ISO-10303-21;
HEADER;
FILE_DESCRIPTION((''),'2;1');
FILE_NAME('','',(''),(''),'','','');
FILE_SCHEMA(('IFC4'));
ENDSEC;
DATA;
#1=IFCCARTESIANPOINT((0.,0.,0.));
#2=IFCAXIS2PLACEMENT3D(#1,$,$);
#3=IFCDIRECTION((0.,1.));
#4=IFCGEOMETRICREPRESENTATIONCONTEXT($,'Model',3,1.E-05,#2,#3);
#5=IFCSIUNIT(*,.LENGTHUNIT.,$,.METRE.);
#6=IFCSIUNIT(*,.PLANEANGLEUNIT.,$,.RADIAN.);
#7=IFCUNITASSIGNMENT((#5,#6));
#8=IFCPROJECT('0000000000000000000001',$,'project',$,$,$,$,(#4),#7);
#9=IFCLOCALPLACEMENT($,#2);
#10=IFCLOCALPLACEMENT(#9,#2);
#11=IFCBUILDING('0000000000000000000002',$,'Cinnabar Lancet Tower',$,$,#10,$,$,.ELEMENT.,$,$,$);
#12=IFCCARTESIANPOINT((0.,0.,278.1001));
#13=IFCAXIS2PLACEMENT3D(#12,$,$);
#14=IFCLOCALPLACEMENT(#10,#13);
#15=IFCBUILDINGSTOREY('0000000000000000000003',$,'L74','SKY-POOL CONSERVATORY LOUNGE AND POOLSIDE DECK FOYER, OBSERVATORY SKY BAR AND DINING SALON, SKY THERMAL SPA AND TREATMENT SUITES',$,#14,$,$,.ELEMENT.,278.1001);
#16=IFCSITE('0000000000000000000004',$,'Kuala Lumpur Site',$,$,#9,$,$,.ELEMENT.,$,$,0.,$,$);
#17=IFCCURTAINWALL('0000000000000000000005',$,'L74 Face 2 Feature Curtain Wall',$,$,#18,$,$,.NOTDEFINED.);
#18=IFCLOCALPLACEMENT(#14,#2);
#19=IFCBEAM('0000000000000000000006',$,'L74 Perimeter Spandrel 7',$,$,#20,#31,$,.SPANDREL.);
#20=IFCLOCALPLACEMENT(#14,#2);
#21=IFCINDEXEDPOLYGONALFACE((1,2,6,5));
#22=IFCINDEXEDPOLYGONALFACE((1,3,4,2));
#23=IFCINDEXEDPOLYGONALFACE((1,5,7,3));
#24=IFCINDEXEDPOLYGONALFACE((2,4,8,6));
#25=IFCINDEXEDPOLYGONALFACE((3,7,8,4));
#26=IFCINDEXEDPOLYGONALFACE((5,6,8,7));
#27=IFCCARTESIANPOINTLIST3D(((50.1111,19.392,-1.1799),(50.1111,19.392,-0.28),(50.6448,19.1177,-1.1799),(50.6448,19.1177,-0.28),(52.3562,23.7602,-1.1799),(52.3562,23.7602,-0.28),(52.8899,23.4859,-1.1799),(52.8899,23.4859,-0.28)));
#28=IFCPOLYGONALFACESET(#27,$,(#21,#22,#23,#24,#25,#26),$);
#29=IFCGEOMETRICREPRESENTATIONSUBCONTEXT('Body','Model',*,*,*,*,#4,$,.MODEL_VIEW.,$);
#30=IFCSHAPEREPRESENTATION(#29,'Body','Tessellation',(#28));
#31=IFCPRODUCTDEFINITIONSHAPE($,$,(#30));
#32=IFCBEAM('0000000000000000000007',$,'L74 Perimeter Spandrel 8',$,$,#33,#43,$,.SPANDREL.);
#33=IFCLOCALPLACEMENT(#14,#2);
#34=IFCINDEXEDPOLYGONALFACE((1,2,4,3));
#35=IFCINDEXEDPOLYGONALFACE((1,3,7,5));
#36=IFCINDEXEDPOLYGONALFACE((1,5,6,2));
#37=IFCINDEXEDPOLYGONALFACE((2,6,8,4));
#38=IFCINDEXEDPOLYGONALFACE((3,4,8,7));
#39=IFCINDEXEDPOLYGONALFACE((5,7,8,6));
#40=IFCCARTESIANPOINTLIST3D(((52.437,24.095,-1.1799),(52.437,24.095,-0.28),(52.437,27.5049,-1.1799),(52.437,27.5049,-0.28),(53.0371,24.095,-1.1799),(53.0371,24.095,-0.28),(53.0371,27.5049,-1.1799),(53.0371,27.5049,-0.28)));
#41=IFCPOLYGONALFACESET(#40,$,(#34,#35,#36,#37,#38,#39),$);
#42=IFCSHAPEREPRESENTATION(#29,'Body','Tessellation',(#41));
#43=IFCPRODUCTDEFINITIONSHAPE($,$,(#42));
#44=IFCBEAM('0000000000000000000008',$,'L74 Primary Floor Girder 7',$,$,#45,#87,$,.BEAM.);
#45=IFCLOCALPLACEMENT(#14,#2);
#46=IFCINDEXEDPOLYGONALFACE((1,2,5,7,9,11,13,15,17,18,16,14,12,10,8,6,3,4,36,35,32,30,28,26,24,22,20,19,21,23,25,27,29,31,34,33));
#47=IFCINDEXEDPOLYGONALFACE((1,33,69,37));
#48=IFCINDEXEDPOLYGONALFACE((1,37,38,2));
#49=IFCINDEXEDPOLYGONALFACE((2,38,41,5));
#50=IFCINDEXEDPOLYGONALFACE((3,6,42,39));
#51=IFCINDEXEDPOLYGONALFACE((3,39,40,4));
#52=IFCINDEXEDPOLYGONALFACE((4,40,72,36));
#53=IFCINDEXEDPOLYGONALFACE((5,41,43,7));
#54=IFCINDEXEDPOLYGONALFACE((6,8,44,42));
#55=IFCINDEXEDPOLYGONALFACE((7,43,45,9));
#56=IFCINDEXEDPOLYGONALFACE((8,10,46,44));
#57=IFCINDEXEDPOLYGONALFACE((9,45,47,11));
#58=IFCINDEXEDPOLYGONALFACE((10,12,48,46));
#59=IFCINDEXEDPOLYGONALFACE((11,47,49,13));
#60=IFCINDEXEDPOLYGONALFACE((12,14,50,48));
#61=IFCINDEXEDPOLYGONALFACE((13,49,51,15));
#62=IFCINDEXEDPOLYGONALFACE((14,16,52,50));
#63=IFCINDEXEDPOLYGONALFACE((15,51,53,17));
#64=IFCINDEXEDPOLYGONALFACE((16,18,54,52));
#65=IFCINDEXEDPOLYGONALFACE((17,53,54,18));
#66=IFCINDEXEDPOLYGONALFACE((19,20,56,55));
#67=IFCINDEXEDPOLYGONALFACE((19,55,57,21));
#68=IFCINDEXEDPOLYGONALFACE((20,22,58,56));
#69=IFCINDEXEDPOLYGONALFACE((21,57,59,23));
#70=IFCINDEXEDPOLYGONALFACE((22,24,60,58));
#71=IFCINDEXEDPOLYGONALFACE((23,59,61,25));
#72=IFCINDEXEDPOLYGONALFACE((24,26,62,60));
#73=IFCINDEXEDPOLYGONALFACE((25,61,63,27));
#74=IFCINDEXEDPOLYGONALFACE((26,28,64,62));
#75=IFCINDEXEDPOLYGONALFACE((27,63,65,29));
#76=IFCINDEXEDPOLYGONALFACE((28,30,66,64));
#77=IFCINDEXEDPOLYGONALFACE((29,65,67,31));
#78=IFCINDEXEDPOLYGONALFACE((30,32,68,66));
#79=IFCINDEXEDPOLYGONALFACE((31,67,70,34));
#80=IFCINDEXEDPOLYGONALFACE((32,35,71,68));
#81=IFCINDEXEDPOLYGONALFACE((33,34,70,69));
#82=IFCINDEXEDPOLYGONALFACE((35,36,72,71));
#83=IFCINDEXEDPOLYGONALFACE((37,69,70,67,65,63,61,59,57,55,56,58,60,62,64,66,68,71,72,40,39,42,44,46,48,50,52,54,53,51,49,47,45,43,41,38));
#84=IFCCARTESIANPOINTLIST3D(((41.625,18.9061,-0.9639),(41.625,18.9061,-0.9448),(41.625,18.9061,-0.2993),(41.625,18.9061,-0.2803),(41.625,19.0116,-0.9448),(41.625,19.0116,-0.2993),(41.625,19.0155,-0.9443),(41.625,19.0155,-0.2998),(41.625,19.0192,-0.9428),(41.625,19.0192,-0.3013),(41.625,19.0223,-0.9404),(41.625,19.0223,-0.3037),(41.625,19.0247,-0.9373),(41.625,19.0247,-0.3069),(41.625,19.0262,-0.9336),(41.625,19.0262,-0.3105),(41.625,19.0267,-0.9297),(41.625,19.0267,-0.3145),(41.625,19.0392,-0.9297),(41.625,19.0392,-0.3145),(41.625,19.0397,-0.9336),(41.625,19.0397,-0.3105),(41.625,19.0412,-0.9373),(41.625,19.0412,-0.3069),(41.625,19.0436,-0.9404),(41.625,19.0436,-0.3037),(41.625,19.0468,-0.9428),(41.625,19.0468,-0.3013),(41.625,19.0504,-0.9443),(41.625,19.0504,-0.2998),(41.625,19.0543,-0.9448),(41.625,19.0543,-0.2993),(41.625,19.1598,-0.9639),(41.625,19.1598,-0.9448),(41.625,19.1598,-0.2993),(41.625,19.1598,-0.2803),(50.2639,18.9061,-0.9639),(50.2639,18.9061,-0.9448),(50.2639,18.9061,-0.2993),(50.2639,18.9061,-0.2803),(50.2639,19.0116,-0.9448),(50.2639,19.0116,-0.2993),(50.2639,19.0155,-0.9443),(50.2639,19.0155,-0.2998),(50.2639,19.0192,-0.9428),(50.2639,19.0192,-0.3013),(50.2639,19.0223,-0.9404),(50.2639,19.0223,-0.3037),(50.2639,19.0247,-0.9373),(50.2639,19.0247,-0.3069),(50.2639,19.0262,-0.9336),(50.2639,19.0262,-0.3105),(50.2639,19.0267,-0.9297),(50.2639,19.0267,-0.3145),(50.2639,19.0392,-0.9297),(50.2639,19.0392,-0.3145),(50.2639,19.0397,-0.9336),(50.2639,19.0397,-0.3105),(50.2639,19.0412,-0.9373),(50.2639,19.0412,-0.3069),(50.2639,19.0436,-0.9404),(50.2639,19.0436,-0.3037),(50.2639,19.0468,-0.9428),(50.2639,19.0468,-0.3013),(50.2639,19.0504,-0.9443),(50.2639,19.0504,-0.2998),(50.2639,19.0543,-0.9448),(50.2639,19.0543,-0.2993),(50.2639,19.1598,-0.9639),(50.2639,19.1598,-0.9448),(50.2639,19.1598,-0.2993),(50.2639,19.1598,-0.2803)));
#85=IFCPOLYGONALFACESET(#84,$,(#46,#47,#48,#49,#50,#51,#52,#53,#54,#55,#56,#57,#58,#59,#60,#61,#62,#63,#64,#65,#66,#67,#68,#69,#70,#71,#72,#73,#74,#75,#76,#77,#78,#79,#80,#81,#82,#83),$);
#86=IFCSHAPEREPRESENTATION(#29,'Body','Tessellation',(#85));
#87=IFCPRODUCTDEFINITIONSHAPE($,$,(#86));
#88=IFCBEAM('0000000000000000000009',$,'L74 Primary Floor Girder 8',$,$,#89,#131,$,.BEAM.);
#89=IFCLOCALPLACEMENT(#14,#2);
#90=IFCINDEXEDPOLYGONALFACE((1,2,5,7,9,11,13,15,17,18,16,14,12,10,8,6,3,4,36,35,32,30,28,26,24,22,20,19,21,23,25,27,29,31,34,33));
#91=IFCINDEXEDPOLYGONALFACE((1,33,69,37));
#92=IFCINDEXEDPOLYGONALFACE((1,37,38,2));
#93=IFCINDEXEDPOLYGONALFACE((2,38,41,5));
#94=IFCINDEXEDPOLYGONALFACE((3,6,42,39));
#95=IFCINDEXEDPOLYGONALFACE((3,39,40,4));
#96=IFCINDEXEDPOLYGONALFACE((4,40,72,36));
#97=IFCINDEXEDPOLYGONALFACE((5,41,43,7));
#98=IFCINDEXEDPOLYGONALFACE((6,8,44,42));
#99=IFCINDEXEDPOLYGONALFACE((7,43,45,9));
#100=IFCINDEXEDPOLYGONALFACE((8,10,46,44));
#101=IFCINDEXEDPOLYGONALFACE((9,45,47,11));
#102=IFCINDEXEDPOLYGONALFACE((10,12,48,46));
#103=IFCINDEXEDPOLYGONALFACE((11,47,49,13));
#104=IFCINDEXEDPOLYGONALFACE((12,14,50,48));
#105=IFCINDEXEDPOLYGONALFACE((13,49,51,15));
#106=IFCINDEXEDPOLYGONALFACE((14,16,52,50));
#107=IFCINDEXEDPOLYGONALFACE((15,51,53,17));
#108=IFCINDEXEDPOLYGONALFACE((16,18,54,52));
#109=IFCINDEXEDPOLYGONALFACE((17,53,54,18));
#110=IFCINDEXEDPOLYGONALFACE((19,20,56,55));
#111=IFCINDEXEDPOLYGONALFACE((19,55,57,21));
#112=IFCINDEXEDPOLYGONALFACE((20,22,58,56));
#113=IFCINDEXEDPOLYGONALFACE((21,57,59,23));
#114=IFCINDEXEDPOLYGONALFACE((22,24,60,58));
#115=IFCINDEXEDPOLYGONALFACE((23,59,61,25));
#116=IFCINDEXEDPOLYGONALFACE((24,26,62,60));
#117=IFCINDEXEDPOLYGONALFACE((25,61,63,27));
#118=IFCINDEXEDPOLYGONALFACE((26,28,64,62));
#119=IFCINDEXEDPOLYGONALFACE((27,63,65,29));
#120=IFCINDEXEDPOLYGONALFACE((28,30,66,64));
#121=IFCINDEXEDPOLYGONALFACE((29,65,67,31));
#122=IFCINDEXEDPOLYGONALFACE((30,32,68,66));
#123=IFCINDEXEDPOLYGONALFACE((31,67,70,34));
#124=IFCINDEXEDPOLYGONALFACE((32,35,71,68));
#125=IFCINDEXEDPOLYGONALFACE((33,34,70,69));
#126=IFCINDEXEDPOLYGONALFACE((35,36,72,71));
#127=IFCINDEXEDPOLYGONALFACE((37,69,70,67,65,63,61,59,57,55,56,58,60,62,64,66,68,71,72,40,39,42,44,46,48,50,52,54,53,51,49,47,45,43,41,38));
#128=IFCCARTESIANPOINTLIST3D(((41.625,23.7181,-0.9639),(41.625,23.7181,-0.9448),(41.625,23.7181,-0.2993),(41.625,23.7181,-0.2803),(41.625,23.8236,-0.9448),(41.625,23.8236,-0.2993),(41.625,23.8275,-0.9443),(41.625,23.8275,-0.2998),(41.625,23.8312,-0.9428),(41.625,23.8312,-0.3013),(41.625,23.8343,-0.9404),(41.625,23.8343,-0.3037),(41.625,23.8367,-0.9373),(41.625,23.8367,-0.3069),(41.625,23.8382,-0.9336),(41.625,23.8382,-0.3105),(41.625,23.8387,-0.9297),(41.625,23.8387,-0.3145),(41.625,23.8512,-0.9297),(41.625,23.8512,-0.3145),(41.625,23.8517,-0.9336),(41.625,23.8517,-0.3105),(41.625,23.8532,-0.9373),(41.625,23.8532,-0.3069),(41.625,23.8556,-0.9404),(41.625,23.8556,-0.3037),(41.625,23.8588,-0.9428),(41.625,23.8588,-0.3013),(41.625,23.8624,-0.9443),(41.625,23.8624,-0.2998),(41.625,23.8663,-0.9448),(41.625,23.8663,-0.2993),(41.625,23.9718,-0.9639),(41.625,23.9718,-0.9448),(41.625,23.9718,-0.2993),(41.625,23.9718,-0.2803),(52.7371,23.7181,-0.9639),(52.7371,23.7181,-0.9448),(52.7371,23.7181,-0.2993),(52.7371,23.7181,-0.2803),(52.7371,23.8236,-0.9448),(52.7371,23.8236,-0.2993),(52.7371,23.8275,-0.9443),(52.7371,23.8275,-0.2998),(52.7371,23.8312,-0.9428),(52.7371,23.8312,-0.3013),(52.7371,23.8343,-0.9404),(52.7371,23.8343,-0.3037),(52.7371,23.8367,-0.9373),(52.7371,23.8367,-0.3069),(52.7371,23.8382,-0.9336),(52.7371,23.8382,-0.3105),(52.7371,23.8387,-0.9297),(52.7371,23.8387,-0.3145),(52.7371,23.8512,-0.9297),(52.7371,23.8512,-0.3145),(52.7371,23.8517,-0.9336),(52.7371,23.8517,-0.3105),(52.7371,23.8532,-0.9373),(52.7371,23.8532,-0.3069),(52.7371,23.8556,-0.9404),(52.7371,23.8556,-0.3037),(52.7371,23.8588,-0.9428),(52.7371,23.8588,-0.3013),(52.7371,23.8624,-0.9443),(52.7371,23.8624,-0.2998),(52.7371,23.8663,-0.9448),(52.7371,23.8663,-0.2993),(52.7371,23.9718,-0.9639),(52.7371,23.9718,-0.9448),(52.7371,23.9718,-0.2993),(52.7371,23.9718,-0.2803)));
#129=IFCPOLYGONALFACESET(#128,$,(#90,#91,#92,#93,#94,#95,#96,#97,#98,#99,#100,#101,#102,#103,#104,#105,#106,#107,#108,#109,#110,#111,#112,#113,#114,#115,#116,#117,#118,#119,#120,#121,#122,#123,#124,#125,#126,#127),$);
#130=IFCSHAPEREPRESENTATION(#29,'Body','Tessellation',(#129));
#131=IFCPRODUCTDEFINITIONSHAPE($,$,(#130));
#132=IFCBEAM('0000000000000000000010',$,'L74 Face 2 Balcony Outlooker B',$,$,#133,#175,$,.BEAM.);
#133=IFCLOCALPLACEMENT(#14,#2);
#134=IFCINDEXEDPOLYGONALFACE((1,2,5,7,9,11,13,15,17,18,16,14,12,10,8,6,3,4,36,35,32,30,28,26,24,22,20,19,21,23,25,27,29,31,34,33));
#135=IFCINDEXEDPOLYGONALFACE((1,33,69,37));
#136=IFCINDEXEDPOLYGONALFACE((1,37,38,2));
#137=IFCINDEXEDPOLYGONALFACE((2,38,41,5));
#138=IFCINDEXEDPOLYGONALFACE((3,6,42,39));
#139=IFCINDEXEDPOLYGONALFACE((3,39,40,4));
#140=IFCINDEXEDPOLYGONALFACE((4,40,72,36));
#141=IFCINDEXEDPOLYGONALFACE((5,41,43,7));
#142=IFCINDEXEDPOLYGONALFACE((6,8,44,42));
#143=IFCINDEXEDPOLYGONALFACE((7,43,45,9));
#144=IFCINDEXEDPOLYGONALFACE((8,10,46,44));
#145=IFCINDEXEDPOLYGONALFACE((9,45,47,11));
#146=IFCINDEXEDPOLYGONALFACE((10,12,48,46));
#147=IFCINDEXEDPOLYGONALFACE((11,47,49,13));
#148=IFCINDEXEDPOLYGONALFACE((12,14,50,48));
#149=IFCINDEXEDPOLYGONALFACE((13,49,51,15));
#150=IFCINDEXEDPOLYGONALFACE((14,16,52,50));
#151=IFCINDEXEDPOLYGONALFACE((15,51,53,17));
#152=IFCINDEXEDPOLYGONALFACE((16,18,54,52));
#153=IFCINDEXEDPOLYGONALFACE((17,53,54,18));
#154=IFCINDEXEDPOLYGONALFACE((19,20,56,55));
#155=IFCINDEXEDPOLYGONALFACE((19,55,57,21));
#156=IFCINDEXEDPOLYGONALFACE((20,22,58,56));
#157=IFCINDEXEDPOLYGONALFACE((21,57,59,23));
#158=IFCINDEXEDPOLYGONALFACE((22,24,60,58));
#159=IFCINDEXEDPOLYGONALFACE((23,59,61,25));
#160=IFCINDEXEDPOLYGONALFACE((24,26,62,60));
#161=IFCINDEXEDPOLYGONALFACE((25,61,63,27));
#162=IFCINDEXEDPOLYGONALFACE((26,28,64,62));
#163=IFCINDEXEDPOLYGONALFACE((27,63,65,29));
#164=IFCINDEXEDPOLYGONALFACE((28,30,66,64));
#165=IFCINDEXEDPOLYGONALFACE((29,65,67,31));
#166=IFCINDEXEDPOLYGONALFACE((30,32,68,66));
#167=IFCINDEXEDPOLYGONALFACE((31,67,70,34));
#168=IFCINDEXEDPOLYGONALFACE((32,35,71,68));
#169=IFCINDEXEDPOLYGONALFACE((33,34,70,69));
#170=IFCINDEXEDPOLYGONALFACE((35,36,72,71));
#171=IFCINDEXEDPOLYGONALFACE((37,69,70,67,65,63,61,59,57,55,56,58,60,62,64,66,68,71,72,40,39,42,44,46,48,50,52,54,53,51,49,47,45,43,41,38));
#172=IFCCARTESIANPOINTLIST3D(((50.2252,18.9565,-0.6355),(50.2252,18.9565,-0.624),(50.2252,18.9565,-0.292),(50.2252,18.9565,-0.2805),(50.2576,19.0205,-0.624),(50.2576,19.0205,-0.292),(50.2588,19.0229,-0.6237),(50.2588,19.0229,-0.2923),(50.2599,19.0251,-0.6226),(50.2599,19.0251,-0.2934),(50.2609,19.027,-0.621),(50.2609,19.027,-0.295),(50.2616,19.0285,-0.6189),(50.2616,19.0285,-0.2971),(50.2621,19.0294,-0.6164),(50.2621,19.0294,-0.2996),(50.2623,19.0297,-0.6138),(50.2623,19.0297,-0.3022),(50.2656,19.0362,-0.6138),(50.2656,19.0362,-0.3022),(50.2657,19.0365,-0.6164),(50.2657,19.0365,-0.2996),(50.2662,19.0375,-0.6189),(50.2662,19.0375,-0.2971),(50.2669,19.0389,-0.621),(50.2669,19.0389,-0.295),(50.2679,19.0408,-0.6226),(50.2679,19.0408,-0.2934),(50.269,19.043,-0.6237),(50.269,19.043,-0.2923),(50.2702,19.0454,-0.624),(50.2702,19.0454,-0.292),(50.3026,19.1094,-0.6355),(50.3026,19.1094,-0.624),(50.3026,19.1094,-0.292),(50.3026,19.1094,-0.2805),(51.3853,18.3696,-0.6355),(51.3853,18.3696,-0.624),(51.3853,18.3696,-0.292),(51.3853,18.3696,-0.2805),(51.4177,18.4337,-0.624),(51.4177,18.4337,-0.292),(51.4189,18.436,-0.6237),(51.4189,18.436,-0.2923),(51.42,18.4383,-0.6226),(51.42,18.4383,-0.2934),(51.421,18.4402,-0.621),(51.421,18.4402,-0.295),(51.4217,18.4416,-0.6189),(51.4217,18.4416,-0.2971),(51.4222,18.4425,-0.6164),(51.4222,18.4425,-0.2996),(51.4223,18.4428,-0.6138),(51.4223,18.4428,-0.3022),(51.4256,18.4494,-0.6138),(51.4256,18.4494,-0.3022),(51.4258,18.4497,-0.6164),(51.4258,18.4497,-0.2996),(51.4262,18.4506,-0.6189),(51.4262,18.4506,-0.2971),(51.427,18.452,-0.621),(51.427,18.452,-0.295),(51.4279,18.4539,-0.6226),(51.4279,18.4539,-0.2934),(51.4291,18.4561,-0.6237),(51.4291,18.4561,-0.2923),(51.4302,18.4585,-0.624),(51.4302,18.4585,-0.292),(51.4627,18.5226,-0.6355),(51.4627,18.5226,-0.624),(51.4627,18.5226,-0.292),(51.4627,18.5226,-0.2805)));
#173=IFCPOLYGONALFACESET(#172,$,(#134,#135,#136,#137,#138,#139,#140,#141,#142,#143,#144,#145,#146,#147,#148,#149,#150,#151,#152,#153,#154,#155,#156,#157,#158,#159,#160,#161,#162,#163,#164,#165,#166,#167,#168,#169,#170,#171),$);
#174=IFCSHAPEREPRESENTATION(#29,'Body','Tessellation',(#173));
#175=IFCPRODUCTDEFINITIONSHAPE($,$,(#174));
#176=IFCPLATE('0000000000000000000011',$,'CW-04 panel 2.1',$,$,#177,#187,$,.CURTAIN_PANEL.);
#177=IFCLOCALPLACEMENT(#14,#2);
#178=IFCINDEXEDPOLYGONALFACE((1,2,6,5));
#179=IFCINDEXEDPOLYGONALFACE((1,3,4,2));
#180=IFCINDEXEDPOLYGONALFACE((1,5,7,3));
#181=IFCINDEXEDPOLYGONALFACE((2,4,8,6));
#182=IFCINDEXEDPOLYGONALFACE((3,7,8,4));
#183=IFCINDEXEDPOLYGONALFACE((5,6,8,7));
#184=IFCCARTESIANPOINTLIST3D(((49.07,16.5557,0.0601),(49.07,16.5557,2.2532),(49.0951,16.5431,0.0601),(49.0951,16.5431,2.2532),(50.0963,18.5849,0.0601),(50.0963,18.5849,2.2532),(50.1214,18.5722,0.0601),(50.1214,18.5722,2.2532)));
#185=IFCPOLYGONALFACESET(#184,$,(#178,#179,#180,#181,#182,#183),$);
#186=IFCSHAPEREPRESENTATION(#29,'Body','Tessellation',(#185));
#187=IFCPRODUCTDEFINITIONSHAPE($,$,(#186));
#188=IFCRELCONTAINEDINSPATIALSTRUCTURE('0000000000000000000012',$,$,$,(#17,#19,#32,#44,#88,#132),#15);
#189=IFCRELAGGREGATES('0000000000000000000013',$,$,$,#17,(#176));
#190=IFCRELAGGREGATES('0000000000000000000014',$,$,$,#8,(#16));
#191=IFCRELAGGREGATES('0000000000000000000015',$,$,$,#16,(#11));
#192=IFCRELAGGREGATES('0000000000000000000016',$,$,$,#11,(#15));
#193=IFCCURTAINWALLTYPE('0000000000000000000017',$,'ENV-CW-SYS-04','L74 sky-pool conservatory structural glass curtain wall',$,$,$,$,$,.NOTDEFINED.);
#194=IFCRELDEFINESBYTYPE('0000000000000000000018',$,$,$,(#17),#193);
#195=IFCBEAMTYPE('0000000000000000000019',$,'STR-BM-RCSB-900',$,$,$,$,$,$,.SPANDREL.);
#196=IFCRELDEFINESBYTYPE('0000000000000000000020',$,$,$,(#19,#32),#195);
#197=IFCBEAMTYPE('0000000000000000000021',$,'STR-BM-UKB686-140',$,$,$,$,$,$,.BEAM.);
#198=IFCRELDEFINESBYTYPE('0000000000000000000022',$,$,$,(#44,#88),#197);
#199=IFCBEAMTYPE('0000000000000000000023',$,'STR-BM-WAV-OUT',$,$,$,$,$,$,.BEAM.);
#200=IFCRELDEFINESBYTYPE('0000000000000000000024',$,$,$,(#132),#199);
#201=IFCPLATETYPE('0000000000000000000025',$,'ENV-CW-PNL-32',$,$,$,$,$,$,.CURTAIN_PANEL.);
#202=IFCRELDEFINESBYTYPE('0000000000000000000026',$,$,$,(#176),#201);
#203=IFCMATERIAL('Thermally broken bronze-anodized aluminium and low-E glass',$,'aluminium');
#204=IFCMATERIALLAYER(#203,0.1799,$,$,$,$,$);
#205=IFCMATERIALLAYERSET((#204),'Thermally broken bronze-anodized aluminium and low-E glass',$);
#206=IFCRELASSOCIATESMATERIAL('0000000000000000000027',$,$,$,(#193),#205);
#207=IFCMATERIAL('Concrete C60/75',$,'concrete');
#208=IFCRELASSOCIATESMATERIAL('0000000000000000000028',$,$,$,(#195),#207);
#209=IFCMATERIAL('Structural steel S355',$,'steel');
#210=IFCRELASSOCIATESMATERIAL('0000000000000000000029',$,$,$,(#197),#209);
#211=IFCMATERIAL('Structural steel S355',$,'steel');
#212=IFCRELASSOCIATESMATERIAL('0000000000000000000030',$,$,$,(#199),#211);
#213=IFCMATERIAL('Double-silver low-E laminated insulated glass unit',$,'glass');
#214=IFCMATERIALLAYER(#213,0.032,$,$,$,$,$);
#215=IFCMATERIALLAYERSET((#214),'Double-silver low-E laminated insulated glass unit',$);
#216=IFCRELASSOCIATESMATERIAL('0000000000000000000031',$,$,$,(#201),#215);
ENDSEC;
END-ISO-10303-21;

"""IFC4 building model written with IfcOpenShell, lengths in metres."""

from ifc_helpers import new_model, si_unit, direction, frame, origin, origin_2d, place, context, subcontext, project, spatial, rectangle, i_section, extrude, material, layer, layer_set, material_profile, profile_set, type_object, element, aggregate, save


model = new_model("IFC4")

# Units and contexts
model_context = context("Model", 3, precision=1e-05, world=origin(), true_north=direction((0.0, 1.0)))
body_context = subcontext(model_context, "Body", "Model", "MODEL_VIEW")
ifc_project = project(units=[si_unit("LENGTHUNIT", "METRE"), si_unit("PLANEANGLEUNIT", "RADIAN")], contexts=[model_context])

# Site, building, storey
site_placement = place(None, origin())
site = spatial("IfcSite", under=ifc_project, at=site_placement, Name="Kuala Lumpur Site", CompositionType="ELEMENT", RefElevation=0.0)
building_placement = place(site_placement, origin())
building = spatial("IfcBuilding", under=site, at=building_placement, Name="Cinnabar Lancet Tower", CompositionType="ELEMENT")
storey_placement = place(building_placement, frame((0.0, 0.0, 278.1001)))
storey = spatial("IfcBuildingStorey", under=building, at=storey_placement, Name="L74", Description="SKY-POOL CONSERVATORY LOUNGE AND POOLSIDE DECK FOYER, OBSERVATORY SKY BAR AND DINING SALON, SKY THERMAL SPA AND TREATMENT SUITES", CompositionType="ELEMENT", Elevation=278.1001)

# Curtain wall
ifc_material_1 = material(Name="Thermally broken bronze-anodized aluminium and low-E glass", Category="aluminium")
ifc_layer_1 = layer(ifc_material_1, 0.1799)
ifc_layer_set_1 = layer_set([ifc_layer_1], Name="Thermally broken bronze-anodized aluminium and low-E glass")
curtain_wall_type = type_object("IfcCurtainWallType", Name="ENV-CW-SYS-04", Description="L74 sky-pool conservatory structural glass curtain wall", PredefinedType="NOTDEFINED", material=ifc_layer_set_1)
curtain_wall_placement = place(storey_placement, origin())
curtain_wall = element("IfcCurtainWall", 1, at=curtain_wall_placement, inside=storey, type_object=curtain_wall_type, Name="L74 Face 2 Feature Curtain Wall", PredefinedType="NOTDEFINED")

# Beams
ifc_material_2 = material(Name="Concrete C60/75", Category="concrete")
ifc_material_profile_1 = material_profile(ifc_material_2, rectangle(XDim=0.6001, YDim=0.8999, at=origin_2d()), Name="RC-SB 600x900")
ifc_profile_set_1 = profile_set([ifc_material_profile_1], Name="Concrete C60/75")
beam_type_1 = type_object("IfcBeamType", Name="STR-BM-RCSB-900", PredefinedType="SPANDREL", material=ifc_profile_set_1)
beam_1_placement = place(storey_placement, frame((50.3779, 19.2549, -0.73), z_axis=(0.457128, 0.889401, 0.0), x_axis=(-0.889401, 0.457128, 0.0)))
element("IfcBeam", 2, at=beam_1_placement, inside=storey, type_object=beam_type_1, Name="L74 Perimeter Spandrel 7", PredefinedType="SPANDREL", context=body_context, shape_type="SweptSolid", body=[
    extrude(rectangle(XDim=0.6001, YDim=0.8999, at=origin_2d()), origin(), (0.0, 0.0, 1.0), 4.9114),
])
beam_2_placement = place(storey_placement, frame((52.7371, 24.095, -0.73), z_axis=(0.0, 1.0, 0.0), x_axis=(-1.0, 0.0, 0.0)))
element("IfcBeam", 3, at=beam_2_placement, inside=storey, type_object=beam_type_1, Name="L74 Perimeter Spandrel 8", PredefinedType="SPANDREL", context=body_context, shape_type="SweptSolid", body=[
    extrude(rectangle(XDim=0.6001, YDim=0.8999, at=origin_2d()), origin(), (0.0, 0.0, 1.0), 3.4099),
])
ifc_material_3 = material(Name="Structural steel S355", Category="steel")
ifc_material_profile_2 = material_profile(ifc_material_3, i_section(OverallWidth=0.2537, OverallDepth=0.6836, WebThickness=0.0125, FlangeThickness=0.019, FilletRadius=0.0151, at=origin_2d()), Name="UKB 686x254x140")
ifc_profile_set_2 = profile_set([ifc_material_profile_2], Name="Structural steel S355")
beam_type_2 = type_object("IfcBeamType", Name="STR-BM-UKB686-140", PredefinedType="BEAM", material=ifc_profile_set_2)
beam_3_placement = place(storey_placement, frame((50.2639, 19.033, -0.6221), z_axis=(-1.0, 0.0, 0.0), x_axis=(0.0, -1.0, 0.0)))
element("IfcBeam", 4, at=beam_3_placement, inside=storey, type_object=beam_type_2, Name="L74 Primary Floor Girder 7", PredefinedType="BEAM", context=body_context, shape_type="SweptSolid", body=[
    extrude(i_section(OverallWidth=0.2537, OverallDepth=0.6836, WebThickness=0.0125, FlangeThickness=0.019, FilletRadius=0.0151, at=origin_2d()), origin(), (0.0, 0.0, 1.0), 8.6389),
])
beam_4_placement = place(storey_placement, frame((52.7371, 23.845, -0.6221), z_axis=(-1.0, 0.0, 0.0), x_axis=(0.0, -1.0, 0.0)))
element("IfcBeam", 5, at=beam_4_placement, inside=storey, type_object=beam_type_2, Name="L74 Primary Floor Girder 8", PredefinedType="BEAM", context=body_context, shape_type="SweptSolid", body=[
    extrude(i_section(OverallWidth=0.2537, OverallDepth=0.6836, WebThickness=0.0125, FlangeThickness=0.019, FilletRadius=0.0151, at=origin_2d()), origin(), (0.0, 0.0, 1.0), 11.1121),
])
ifc_material_4 = material(Name="Structural steel S355", Category="steel")
ifc_material_profile_3 = material_profile(ifc_material_4, i_section(OverallWidth=0.1714, OverallDepth=0.355, WebThickness=0.0073, FlangeThickness=0.0115, FilletRadius=0.0103, at=origin_2d()), Name="UKB 356x171x51")
ifc_profile_set_3 = profile_set([ifc_material_profile_3], Name="Structural steel S355")
beam_type_3 = type_object("IfcBeamType", Name="STR-BM-WAV-OUT", PredefinedType="BEAM", material=ifc_profile_set_3)
beam_5_placement = place(storey_placement, frame((50.2639, 19.033, -0.458), z_axis=(0.892314, -0.451415, 0.0), x_axis=(0.451415, 0.892314, 0.0)))
element("IfcBeam", 6, at=beam_5_placement, inside=storey, type_object=beam_type_3, Name="L74 Face 2 Balcony Outlooker B", PredefinedType="BEAM", context=body_context, shape_type="SweptSolid", body=[
    extrude(i_section(OverallWidth=0.1714, OverallDepth=0.355, WebThickness=0.0073, FlangeThickness=0.0115, FilletRadius=0.0103, at=origin_2d()), origin(), (0.0, 0.0, 1.0), 1.3),
])

# Plate
ifc_material_5 = material(Name="Double-silver low-E laminated insulated glass unit", Category="glass")
ifc_layer_2 = layer(ifc_material_5, 0.032)
ifc_layer_set_2 = layer_set([ifc_layer_2], Name="Double-silver low-E laminated insulated glass unit")
plate_type = type_object("IfcPlateType", Name="ENV-CW-PNL-32", PredefinedType="CURTAIN_PANEL", material=ifc_layer_set_2)
plate_1_placement = place(storey_placement, frame((49.5957, 17.564, 0.0601), z_axis=(0.0, 0.0, 1.0), x_axis=(0.451354, 0.892345, 0.0)))
plate_1 = element("IfcPlate", 7, at=plate_1_placement, type_object=plate_type, Name="CW-04 panel 2.1", PredefinedType="CURTAIN_PANEL", context=body_context, shape_type="SweptSolid", body=[
    extrude(rectangle(XDim=2.2739, YDim=0.0281, at=origin_2d()), origin(), (0.0, 0.0, 1.0), 2.1931),
])
aggregate(curtain_wall, [plate_1])

save(model, "model.ifc")
